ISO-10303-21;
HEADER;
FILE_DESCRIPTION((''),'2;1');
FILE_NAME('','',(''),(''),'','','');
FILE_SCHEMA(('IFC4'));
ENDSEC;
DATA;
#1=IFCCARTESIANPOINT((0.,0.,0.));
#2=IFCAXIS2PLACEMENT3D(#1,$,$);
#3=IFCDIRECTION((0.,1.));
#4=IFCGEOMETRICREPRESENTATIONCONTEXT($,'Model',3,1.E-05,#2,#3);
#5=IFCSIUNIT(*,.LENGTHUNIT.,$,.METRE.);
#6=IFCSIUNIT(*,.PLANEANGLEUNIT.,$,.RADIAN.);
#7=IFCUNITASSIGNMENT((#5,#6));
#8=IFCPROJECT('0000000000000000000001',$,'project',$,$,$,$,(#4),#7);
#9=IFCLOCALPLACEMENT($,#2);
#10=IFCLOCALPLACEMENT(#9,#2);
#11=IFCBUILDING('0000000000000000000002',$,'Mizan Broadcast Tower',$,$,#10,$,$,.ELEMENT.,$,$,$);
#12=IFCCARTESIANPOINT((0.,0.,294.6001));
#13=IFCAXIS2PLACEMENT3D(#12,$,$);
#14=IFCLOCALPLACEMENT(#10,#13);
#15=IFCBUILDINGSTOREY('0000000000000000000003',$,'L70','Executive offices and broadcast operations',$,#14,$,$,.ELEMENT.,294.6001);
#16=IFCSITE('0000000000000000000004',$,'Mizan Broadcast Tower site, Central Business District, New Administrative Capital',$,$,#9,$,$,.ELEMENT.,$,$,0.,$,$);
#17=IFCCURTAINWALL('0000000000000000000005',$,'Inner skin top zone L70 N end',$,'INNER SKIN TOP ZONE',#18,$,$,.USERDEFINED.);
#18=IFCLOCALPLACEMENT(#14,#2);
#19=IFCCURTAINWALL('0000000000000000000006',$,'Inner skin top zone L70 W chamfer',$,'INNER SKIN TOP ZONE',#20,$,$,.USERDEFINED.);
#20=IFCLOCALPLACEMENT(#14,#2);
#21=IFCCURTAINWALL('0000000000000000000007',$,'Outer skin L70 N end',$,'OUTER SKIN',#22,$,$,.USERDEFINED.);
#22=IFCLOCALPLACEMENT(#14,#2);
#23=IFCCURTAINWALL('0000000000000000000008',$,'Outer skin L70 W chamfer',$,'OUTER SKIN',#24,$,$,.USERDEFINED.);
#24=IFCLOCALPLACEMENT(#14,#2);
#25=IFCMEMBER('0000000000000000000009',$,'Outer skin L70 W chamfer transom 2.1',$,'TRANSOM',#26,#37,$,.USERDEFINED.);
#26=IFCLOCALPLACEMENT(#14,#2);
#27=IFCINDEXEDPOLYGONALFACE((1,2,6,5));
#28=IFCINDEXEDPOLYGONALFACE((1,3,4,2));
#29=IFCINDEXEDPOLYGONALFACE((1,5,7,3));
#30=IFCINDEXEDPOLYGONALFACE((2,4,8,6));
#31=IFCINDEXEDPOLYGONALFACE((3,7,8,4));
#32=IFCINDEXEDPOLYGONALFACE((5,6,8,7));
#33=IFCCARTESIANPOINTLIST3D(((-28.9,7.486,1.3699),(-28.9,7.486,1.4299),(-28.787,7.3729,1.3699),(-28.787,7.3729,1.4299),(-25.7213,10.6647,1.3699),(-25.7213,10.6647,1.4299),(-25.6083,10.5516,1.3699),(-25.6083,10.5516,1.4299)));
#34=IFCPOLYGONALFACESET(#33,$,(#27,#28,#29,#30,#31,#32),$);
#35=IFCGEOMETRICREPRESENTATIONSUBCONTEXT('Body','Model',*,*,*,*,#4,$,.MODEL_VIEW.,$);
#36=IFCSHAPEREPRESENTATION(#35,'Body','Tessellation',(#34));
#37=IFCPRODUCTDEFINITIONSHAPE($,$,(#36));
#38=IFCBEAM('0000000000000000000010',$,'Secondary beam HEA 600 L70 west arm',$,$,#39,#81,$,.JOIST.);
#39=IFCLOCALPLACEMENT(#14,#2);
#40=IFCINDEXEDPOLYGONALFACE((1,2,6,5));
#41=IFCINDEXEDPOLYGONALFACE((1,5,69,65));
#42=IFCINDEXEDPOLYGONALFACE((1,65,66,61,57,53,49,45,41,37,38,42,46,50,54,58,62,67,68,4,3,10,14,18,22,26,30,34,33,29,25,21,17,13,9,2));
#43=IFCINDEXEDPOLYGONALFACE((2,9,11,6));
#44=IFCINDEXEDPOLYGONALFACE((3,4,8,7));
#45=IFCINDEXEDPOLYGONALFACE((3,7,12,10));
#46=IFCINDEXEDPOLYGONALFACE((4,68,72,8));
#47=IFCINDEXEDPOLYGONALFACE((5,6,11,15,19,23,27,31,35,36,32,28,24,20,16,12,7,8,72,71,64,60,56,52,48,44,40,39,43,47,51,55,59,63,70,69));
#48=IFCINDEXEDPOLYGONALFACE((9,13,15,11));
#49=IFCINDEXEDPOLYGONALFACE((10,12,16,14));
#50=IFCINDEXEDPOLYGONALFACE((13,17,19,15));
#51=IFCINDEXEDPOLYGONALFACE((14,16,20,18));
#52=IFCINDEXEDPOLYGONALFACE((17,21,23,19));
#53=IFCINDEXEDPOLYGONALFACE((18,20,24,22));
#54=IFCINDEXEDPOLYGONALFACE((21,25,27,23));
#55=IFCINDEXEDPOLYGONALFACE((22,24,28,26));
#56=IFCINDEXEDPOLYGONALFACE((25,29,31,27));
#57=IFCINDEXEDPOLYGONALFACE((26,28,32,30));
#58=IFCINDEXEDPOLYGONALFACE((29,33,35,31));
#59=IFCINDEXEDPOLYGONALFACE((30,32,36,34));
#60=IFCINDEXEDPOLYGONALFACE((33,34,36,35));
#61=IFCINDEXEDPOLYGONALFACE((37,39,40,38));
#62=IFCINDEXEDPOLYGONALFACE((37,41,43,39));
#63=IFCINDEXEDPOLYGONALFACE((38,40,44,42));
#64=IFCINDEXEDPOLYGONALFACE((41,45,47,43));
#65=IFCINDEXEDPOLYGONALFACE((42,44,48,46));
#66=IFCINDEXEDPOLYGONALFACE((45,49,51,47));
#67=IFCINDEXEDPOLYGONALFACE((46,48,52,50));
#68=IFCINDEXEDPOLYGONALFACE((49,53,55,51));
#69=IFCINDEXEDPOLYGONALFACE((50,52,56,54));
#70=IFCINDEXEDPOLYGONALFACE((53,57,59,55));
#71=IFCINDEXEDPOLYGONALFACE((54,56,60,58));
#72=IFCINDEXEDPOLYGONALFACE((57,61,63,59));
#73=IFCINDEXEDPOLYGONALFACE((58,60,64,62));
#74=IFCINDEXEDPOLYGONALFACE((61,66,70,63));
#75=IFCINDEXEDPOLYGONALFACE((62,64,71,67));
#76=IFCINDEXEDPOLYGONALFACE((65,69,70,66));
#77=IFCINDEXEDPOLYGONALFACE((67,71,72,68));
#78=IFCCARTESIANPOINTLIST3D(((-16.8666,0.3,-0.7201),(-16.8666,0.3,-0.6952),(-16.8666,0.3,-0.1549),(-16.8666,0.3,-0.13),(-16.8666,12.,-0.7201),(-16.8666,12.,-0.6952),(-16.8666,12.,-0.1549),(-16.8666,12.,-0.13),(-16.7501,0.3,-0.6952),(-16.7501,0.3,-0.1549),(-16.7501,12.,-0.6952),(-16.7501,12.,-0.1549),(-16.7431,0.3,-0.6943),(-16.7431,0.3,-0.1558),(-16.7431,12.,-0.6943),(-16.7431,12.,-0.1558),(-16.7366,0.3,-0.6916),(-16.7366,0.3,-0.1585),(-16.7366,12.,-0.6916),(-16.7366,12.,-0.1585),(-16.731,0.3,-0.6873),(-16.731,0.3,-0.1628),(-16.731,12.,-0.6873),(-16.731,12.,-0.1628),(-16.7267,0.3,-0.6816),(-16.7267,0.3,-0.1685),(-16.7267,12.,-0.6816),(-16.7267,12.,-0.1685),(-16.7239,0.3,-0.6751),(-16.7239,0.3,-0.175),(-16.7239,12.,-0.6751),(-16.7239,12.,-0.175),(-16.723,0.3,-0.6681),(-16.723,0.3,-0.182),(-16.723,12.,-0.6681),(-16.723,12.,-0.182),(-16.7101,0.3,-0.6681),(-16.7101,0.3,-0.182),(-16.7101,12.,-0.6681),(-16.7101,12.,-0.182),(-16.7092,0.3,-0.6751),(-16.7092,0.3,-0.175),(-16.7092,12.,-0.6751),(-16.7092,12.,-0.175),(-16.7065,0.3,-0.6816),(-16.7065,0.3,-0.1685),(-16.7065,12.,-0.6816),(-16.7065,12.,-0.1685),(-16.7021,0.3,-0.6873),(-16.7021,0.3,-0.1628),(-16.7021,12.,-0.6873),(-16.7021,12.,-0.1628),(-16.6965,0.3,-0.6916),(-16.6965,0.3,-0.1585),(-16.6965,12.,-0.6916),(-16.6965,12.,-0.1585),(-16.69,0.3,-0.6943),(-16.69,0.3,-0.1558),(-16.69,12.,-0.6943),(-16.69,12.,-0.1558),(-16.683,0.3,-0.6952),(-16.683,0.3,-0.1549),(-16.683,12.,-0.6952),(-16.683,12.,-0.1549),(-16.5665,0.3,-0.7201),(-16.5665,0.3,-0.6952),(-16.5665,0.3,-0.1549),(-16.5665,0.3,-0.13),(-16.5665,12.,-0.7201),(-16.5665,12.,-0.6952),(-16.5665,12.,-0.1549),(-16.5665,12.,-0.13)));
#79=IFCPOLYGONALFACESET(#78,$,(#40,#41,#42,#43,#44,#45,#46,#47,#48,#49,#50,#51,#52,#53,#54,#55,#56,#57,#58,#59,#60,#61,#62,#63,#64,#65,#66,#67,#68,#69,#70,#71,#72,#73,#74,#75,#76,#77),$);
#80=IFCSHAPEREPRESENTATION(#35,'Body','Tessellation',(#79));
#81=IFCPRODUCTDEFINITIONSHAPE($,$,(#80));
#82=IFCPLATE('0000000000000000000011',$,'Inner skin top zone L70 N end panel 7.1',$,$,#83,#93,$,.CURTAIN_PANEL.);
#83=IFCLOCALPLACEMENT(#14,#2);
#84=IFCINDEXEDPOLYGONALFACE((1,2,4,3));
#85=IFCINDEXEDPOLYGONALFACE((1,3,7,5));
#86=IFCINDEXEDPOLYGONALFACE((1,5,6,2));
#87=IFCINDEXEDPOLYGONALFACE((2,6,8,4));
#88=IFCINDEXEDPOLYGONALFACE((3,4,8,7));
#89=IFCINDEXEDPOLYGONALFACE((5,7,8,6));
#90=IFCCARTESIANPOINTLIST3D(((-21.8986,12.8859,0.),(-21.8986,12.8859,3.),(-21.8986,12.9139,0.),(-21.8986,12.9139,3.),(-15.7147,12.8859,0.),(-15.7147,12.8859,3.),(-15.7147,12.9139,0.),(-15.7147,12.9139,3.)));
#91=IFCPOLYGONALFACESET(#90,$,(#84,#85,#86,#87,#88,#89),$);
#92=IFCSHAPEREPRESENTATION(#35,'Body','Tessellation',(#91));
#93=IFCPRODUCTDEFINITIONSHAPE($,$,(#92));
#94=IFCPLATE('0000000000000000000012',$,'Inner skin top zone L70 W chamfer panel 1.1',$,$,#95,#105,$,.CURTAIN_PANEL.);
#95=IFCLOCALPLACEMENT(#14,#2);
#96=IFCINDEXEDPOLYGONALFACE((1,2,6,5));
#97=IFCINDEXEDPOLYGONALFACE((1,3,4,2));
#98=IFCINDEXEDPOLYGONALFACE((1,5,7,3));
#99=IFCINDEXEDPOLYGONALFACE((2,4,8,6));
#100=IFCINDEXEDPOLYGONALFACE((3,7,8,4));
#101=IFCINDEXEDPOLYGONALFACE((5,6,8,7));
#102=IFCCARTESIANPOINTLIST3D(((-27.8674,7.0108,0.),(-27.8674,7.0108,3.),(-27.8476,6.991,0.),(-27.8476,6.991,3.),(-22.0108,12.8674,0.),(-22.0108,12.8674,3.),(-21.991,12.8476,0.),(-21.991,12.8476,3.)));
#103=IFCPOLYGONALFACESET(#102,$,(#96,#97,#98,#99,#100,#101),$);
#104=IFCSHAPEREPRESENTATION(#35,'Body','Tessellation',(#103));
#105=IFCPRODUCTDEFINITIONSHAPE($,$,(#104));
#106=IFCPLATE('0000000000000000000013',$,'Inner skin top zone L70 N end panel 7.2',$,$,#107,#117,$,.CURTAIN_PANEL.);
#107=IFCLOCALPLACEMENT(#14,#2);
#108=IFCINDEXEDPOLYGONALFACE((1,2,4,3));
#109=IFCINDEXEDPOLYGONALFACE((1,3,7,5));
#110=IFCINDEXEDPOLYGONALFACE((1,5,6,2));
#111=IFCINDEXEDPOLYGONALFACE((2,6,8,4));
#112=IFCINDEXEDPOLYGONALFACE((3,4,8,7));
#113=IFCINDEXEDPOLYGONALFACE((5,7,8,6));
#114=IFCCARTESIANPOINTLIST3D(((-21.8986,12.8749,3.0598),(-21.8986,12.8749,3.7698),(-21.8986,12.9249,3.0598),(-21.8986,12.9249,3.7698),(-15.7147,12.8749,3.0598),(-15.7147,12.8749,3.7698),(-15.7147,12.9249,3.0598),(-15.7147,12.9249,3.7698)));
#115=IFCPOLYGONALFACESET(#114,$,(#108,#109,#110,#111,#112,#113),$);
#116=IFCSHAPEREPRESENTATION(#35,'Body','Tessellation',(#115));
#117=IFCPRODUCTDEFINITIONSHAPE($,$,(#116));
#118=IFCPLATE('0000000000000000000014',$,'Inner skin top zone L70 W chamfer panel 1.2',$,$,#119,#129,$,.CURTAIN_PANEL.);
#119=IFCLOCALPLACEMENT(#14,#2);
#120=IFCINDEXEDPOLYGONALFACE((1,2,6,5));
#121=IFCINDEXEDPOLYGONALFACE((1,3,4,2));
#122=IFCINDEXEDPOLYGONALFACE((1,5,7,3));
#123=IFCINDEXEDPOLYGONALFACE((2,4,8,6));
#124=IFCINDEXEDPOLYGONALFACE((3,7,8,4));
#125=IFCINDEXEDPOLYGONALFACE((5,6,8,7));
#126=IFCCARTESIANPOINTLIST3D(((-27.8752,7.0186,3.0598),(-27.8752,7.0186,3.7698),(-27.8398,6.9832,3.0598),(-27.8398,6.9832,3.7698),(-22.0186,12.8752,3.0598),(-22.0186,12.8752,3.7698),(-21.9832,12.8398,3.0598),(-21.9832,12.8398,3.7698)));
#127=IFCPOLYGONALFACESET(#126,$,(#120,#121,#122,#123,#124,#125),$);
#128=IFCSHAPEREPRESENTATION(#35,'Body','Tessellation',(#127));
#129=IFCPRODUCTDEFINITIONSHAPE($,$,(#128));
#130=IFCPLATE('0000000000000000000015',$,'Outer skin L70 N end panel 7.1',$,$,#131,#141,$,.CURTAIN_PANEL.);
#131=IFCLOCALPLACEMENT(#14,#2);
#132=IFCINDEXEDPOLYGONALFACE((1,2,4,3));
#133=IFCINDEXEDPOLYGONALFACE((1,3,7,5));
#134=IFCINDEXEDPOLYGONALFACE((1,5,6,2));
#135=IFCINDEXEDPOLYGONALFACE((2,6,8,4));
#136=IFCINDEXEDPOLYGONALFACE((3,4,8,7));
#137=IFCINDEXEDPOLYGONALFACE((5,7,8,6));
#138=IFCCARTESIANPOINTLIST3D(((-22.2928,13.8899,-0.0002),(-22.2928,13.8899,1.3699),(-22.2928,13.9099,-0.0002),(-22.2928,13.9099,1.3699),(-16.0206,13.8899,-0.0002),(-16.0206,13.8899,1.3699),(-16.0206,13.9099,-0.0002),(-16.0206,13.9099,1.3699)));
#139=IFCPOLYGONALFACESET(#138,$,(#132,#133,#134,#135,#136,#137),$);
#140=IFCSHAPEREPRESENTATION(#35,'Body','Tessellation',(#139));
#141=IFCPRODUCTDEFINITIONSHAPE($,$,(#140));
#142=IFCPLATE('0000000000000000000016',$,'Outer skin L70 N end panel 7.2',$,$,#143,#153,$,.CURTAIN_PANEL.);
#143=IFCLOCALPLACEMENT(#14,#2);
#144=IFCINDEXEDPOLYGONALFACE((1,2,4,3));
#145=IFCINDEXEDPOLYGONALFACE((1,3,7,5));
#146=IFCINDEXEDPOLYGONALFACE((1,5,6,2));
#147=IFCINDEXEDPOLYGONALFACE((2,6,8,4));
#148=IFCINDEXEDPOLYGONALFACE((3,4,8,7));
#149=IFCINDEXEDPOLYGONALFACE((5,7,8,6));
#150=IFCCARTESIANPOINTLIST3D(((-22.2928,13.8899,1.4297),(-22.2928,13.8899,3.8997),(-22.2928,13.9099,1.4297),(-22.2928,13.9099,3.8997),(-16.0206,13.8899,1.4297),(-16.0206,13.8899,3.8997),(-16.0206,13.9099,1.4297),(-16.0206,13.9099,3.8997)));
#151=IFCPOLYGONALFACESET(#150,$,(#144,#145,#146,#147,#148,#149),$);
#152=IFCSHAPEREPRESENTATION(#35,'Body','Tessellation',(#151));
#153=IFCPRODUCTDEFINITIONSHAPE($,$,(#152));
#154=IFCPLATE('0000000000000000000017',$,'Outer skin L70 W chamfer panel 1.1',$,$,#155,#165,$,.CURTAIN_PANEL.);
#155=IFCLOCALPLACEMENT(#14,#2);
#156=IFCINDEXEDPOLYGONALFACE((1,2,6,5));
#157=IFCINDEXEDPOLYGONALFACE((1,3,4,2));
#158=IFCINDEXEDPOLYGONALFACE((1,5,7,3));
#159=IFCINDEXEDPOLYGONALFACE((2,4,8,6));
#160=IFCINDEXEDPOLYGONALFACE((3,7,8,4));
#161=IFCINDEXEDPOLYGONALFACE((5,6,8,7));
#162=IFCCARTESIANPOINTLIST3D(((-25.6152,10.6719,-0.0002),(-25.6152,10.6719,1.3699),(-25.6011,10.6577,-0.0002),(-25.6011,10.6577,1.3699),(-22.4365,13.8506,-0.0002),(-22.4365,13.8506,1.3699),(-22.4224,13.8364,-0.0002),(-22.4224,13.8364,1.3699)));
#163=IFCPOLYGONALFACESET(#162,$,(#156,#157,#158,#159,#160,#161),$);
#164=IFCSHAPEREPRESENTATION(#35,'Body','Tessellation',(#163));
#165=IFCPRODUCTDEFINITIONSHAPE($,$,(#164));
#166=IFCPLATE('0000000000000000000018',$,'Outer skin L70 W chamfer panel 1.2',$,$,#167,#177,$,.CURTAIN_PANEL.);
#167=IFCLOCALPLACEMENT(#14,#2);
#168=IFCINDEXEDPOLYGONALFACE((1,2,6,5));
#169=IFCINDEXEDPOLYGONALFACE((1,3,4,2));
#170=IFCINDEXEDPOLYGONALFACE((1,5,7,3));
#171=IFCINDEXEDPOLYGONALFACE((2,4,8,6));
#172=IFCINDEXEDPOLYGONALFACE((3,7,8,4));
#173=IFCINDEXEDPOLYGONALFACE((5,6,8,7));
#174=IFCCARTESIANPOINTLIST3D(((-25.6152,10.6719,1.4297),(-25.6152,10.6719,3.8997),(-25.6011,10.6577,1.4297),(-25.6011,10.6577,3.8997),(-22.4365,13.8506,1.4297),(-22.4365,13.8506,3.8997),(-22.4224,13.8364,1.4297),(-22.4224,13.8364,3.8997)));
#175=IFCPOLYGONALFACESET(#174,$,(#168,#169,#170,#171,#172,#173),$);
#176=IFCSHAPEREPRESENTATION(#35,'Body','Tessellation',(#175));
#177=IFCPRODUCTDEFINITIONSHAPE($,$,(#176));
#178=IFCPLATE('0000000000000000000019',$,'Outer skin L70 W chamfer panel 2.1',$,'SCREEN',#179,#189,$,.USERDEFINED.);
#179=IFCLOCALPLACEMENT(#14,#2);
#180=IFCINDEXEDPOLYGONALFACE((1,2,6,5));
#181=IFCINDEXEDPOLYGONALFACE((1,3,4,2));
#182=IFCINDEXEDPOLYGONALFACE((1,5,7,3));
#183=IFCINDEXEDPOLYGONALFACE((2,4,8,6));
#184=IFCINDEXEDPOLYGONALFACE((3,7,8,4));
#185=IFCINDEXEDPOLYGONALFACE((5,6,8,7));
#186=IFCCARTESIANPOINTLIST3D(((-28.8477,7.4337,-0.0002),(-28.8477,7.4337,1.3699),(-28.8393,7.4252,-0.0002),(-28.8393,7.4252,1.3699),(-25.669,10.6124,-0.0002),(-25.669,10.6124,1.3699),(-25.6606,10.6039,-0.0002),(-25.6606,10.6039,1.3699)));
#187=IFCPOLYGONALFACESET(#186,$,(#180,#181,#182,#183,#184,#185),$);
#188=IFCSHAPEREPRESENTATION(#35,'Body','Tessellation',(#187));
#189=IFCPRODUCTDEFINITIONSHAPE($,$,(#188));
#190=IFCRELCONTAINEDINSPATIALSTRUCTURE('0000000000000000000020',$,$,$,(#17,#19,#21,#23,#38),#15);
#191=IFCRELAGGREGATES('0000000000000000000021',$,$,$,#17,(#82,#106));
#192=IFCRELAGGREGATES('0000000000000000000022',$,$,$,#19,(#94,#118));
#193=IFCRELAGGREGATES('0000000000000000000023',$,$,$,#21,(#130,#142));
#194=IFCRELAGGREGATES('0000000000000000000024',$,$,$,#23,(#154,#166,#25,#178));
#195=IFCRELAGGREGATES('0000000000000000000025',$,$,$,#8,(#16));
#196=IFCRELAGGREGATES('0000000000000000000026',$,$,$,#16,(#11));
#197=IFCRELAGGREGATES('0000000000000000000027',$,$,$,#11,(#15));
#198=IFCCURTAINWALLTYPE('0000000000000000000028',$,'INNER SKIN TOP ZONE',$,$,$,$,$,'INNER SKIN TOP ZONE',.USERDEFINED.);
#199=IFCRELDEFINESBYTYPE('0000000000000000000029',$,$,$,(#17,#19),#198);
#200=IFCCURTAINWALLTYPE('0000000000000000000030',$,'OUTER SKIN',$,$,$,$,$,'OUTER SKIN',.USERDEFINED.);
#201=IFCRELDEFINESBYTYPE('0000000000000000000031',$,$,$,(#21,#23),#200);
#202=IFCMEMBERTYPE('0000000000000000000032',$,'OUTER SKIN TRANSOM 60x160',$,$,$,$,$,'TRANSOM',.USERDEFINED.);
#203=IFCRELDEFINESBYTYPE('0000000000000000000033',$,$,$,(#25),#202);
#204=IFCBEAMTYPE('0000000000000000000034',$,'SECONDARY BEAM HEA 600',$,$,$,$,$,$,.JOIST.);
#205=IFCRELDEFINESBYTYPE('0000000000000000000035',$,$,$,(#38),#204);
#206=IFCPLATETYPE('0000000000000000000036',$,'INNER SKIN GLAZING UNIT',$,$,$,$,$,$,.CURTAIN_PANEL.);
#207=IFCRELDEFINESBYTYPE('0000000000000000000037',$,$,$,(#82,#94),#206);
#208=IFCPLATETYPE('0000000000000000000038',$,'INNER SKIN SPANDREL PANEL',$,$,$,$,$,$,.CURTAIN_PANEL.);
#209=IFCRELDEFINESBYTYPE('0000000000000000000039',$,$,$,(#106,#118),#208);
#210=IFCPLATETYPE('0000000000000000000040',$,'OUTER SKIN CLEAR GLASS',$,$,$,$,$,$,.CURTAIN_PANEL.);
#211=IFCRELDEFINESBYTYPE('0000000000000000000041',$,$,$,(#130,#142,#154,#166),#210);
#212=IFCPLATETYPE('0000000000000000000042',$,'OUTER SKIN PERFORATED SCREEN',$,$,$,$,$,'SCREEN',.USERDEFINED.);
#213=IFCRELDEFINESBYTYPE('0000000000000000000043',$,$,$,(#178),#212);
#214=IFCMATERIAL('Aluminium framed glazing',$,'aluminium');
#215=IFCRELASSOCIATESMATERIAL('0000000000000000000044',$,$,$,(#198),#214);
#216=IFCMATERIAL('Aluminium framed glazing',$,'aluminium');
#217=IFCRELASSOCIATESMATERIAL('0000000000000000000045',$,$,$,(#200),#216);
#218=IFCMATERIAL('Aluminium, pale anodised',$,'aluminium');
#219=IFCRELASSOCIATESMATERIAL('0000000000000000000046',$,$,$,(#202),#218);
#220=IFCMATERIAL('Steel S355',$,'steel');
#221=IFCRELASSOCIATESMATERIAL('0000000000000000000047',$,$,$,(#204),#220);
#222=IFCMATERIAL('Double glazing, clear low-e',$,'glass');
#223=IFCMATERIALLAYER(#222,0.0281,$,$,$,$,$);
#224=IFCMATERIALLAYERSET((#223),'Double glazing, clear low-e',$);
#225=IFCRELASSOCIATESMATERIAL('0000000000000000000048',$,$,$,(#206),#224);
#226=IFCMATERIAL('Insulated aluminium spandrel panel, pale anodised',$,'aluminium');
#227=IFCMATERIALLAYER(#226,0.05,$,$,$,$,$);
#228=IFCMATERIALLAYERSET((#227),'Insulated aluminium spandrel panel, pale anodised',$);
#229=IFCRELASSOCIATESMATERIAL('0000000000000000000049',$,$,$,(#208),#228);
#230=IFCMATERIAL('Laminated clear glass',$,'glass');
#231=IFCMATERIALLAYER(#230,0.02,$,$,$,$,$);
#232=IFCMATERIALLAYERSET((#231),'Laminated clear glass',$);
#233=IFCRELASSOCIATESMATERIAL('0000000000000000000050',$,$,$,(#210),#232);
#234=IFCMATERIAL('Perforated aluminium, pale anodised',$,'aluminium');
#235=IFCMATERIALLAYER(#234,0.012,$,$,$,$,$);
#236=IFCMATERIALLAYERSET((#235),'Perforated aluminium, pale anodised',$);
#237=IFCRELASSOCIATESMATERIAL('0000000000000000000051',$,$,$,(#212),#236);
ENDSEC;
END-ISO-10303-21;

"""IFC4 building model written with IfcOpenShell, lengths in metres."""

from ifc_helpers import new_model, si_unit, direction, frame, origin, origin_2d, place, context, subcontext, project, spatial, rectangle, i_section, extrude, material, layer, layer_set, material_profile, profile_set, type_object, element, aggregate, save


model = new_model("IFC4")

# Units and contexts
model_context = context("Model", 3, precision=1e-05, world=origin(), true_north=direction((0.0, 1.0)))
body_context = subcontext(model_context, "Body", "Model", "MODEL_VIEW")
ifc_project = project(units=[si_unit("LENGTHUNIT", "METRE"), si_unit("PLANEANGLEUNIT", "RADIAN")], contexts=[model_context])

# Site, building, storey
site_placement = place(None, origin())
site = spatial("IfcSite", under=ifc_project, at=site_placement, Name="Mizan Broadcast Tower site, Central Business District, New Administrative Capital", CompositionType="ELEMENT", RefElevation=0.0)
building_placement = place(site_placement, origin())
building = spatial("IfcBuilding", under=site, at=building_placement, Name="Mizan Broadcast Tower", CompositionType="ELEMENT")
storey_placement = place(building_placement, frame((0.0, 0.0, 294.6001)))
storey = spatial("IfcBuildingStorey", under=building, at=storey_placement, Name="L70", Description="Executive offices and broadcast operations", CompositionType="ELEMENT", Elevation=294.6001)

# Curtain walls
ifc_material_1 = material(Name="Aluminium framed glazing", Category="aluminium")
curtain_wall_type_1 = type_object("IfcCurtainWallType", Name="INNER SKIN TOP ZONE", ElementType="INNER SKIN TOP ZONE", PredefinedType="USERDEFINED", material=ifc_material_1)
curtain_wall_1_placement = place(storey_placement, origin())
curtain_wall_1 = element("IfcCurtainWall", 1, at=curtain_wall_1_placement, inside=storey, type_object=curtain_wall_type_1, Name="Inner skin top zone L70 N end", ObjectType="INNER SKIN TOP ZONE", PredefinedType="USERDEFINED")
curtain_wall_2_placement = place(storey_placement, origin())
curtain_wall_2 = element("IfcCurtainWall", 2, at=curtain_wall_2_placement, inside=storey, type_object=curtain_wall_type_1, Name="Inner skin top zone L70 W chamfer", ObjectType="INNER SKIN TOP ZONE", PredefinedType="USERDEFINED")

# Curtain wall
ifc_material_2 = material(Name="Aluminium framed glazing", Category="aluminium")
curtain_wall_type_2 = type_object("IfcCurtainWallType", Name="OUTER SKIN", ElementType="OUTER SKIN", PredefinedType="USERDEFINED", material=ifc_material_2)
curtain_wall_3_placement = place(storey_placement, origin())
curtain_wall_3 = element("IfcCurtainWall", 3, at=curtain_wall_3_placement, inside=storey, type_object=curtain_wall_type_2, Name="Outer skin L70 N end", ObjectType="OUTER SKIN", PredefinedType="USERDEFINED")

# Curtain wall
curtain_wall_4_placement = place(storey_placement, origin())
curtain_wall_4 = element("IfcCurtainWall", 4, at=curtain_wall_4_placement, inside=storey, type_object=curtain_wall_type_2, Name="Outer skin L70 W chamfer", ObjectType="OUTER SKIN", PredefinedType="USERDEFINED")

# Member
ifc_material_3 = material(Name="Aluminium, pale anodised", Category="aluminium")
ifc_material_profile_1 = material_profile(ifc_material_3, rectangle(XDim=0.1599, YDim=0.0601, at=origin_2d()), Name="TRANSOM 160x60")
ifc_profile_set_1 = profile_set([ifc_material_profile_1], Name="Aluminium, pale anodised")
member_type_1 = type_object("IfcMemberType", Name="OUTER SKIN TRANSOM 60x160", ElementType="TRANSOM", PredefinedType="USERDEFINED", material=ifc_profile_set_1)
member_1_placement = place(storey_placement, frame((-25.6648, 10.6082, 1.3999), z_axis=(-0.707107, -0.707107, 0.0), x_axis=(0.707107, -0.707107, 0.0)))
member_1 = element("IfcMember", 5, at=member_1_placement, type_object=member_type_1, Name="Outer skin L70 W chamfer transom 2.1", ObjectType="TRANSOM", PredefinedType="USERDEFINED", context=body_context, shape_type="SweptSolid", body=[
    extrude(rectangle(XDim=0.1599, YDim=0.0601, at=origin_2d()), origin(), (0.0, 0.0, 1.0), 4.4954),
])

# Beam
ifc_material_4 = material(Name="Steel S355", Category="steel")
ifc_material_profile_2 = material_profile(ifc_material_4, i_section(OverallWidth=0.3, OverallDepth=0.5901, WebThickness=0.0129, FlangeThickness=0.0249, FilletRadius=0.0271, at=origin_2d()), Name="HEA 600")
ifc_profile_set_2 = profile_set([ifc_material_profile_2], Name="Steel S355")
beam_type_1 = type_object("IfcBeamType", Name="SECONDARY BEAM HEA 600", PredefinedType="JOIST", material=ifc_profile_set_2)
beam_1_placement = place(storey_placement, frame((-16.7166, 12.0, -0.425), z_axis=(0.0, -1.0, 0.0), x_axis=(1.0, 0.0, 0.0)))
element("IfcBeam", 6, at=beam_1_placement, inside=storey, type_object=beam_type_1, Name="Secondary beam HEA 600 L70 west arm", PredefinedType="JOIST", context=body_context, shape_type="SweptSolid", body=[
    extrude(i_section(OverallWidth=0.3, OverallDepth=0.5901, WebThickness=0.0129, FlangeThickness=0.0249, FilletRadius=0.0271, at=origin_2d()), origin(), (0.0, 0.0, 1.0), 11.7),
])

# Plates
ifc_material_5 = material(Name="Double glazing, clear low-e", Category="glass")
ifc_layer_1 = layer(ifc_material_5, 0.0281)
ifc_layer_set_1 = layer_set([ifc_layer_1], Name="Double glazing, clear low-e")
plate_type_1 = type_object("IfcPlateType", Name="INNER SKIN GLAZING UNIT", PredefinedType="CURTAIN_PANEL", material=ifc_layer_set_1)
plate_1_placement = place(storey_placement, frame((-18.8066, 12.8999, 0.0), z_axis=(0.0, 0.0, 1.0), x_axis=(-1.0, 0.0, 0.0)))
plate_1 = element("IfcPlate", 7, at=plate_1_placement, type_object=plate_type_1, Name="Inner skin top zone L70 N end panel 7.1", PredefinedType="CURTAIN_PANEL", context=body_context, shape_type="SweptSolid", body=[
    extrude(rectangle(XDim=6.1838, YDim=0.0281, at=origin_2d()), origin(), (0.0, 0.0, 1.0), 3.0),
])
plate_2_placement = place(storey_placement, frame((-24.9292, 9.9292, 0.0), z_axis=(0.0, 0.0, 1.0), x_axis=(-0.707107, -0.707107, 0.0)))
plate_2 = element("IfcPlate", 8, at=plate_2_placement, type_object=plate_type_1, Name="Inner skin top zone L70 W chamfer panel 1.1", PredefinedType="CURTAIN_PANEL", context=body_context, shape_type="SweptSolid", body=[
    extrude(rectangle(XDim=8.2825, YDim=0.0281, at=origin_2d()), origin(), (0.0, 0.0, 1.0), 3.0),
])
ifc_material_6 = material(Name="Insulated aluminium spandrel panel, pale anodised", Category="aluminium")
ifc_layer_2 = layer(ifc_material_6, 0.05)
ifc_layer_set_2 = layer_set([ifc_layer_2], Name="Insulated aluminium spandrel panel, pale anodised")
plate_type_2 = type_object("IfcPlateType", Name="INNER SKIN SPANDREL PANEL", PredefinedType="CURTAIN_PANEL", material=ifc_layer_set_2)
plate_3_placement = place(storey_placement, frame((-18.8066, 12.8999, 3.0598), z_axis=(0.0, 0.0, 1.0), x_axis=(-1.0, 0.0, 0.0)))
plate_3 = element("IfcPlate", 9, at=plate_3_placement, type_object=plate_type_2, Name="Inner skin top zone L70 N end panel 7.2", PredefinedType="CURTAIN_PANEL", context=body_context, shape_type="SweptSolid", body=[
    extrude(rectangle(XDim=6.1838, YDim=0.05, at=origin_2d()), origin(), (0.0, 0.0, 1.0), 0.71),
])
aggregate(curtain_wall_1, [plate_1, plate_3])
plate_4_placement = place(storey_placement, frame((-24.9292, 9.9292, 3.0598), z_axis=(0.0, 0.0, 1.0), x_axis=(-0.707107, -0.707107, 0.0)))
plate_4 = element("IfcPlate", 10, at=plate_4_placement, type_object=plate_type_2, Name="Inner skin top zone L70 W chamfer panel 1.2", PredefinedType="CURTAIN_PANEL", context=body_context, shape_type="SweptSolid", body=[
    extrude(rectangle(XDim=8.2825, YDim=0.05, at=origin_2d()), origin(), (0.0, 0.0, 1.0), 0.71),
])
aggregate(curtain_wall_2, [plate_2, plate_4])
ifc_material_7 = material(Name="Laminated clear glass", Category="glass")
ifc_layer_3 = layer(ifc_material_7, 0.02)
ifc_layer_set_3 = layer_set([ifc_layer_3], Name="Laminated clear glass")
plate_type_3 = type_object("IfcPlateType", Name="OUTER SKIN CLEAR GLASS", PredefinedType="CURTAIN_PANEL", material=ifc_layer_set_3)
plate_5_placement = place(storey_placement, frame((-19.1567, 13.8999, -0.0002), z_axis=(0.0, 0.0, 1.0), x_axis=(-1.0, 0.0, 0.0)))
plate_5 = element("IfcPlate", 11, at=plate_5_placement, type_object=plate_type_3, Name="Outer skin L70 N end panel 7.1", PredefinedType="CURTAIN_PANEL", context=body_context, shape_type="SweptSolid", body=[
    extrude(rectangle(XDim=6.2722, YDim=0.02, at=origin_2d()), origin(), (0.0, 0.0, 1.0), 1.3701),
])
plate_6_placement = place(storey_placement, frame((-19.1567, 13.8999, 1.4297), z_axis=(0.0, 0.0, 1.0), x_axis=(-1.0, 0.0, 0.0)))
plate_6 = element("IfcPlate", 12, at=plate_6_placement, type_object=plate_type_3, Name="Outer skin L70 N end panel 7.2", PredefinedType="CURTAIN_PANEL", context=body_context, shape_type="SweptSolid", body=[
    extrude(rectangle(XDim=6.2722, YDim=0.02, at=origin_2d()), origin(), (0.0, 0.0, 1.0), 2.47),
])
aggregate(curtain_wall_3, [plate_5, plate_6])
plate_7_placement = place(storey_placement, frame((-24.0188, 12.2542, -0.0002), z_axis=(0.0, 0.0, 1.0), x_axis=(-0.707107, -0.707107, 0.0)))
plate_7 = element("IfcPlate", 13, at=plate_7_placement, type_object=plate_type_3, Name="Outer skin L70 W chamfer panel 1.1", PredefinedType="CURTAIN_PANEL", context=body_context, shape_type="SweptSolid", body=[
    extrude(rectangle(XDim=4.4954, YDim=0.02, at=origin_2d()), origin(), (0.0, 0.0, 1.0), 1.3701),
])
plate_8_placement = place(storey_placement, frame((-24.0188, 12.2542, 1.4297), z_axis=(0.0, 0.0, 1.0), x_axis=(-0.707107, -0.707107, 0.0)))
plate_8 = element("IfcPlate", 14, at=plate_8_placement, type_object=plate_type_3, Name="Outer skin L70 W chamfer panel 1.2", PredefinedType="CURTAIN_PANEL", context=body_context, shape_type="SweptSolid", body=[
    extrude(rectangle(XDim=4.4954, YDim=0.02, at=origin_2d()), origin(), (0.0, 0.0, 1.0), 2.47),
])
ifc_material_8 = material(Name="Perforated aluminium, pale anodised", Category="aluminium")
ifc_layer_4 = layer(ifc_material_8, 0.012)
ifc_layer_set_4 = layer_set([ifc_layer_4], Name="Perforated aluminium, pale anodised")
plate_type_4 = type_object("IfcPlateType", Name="OUTER SKIN PERFORATED SCREEN", ElementType="SCREEN", PredefinedType="USERDEFINED", material=ifc_layer_set_4)
plate_9_placement = place(storey_placement, frame((-27.2542, 9.0188, -0.0002), z_axis=(0.0, 0.0, 1.0), x_axis=(-0.707107, -0.707107, 0.0)))
plate_9 = element("IfcPlate", 15, at=plate_9_placement, type_object=plate_type_4, Name="Outer skin L70 W chamfer panel 2.1", ObjectType="SCREEN", PredefinedType="USERDEFINED", context=body_context, shape_type="SweptSolid", body=[
    extrude(rectangle(XDim=4.4954, YDim=0.012, at=origin_2d()), origin(), (0.0, 0.0, 1.0), 1.3701),
])
aggregate(curtain_wall_4, [plate_7, plate_8, member_1, plate_9])

save(model, "model.ifc")
